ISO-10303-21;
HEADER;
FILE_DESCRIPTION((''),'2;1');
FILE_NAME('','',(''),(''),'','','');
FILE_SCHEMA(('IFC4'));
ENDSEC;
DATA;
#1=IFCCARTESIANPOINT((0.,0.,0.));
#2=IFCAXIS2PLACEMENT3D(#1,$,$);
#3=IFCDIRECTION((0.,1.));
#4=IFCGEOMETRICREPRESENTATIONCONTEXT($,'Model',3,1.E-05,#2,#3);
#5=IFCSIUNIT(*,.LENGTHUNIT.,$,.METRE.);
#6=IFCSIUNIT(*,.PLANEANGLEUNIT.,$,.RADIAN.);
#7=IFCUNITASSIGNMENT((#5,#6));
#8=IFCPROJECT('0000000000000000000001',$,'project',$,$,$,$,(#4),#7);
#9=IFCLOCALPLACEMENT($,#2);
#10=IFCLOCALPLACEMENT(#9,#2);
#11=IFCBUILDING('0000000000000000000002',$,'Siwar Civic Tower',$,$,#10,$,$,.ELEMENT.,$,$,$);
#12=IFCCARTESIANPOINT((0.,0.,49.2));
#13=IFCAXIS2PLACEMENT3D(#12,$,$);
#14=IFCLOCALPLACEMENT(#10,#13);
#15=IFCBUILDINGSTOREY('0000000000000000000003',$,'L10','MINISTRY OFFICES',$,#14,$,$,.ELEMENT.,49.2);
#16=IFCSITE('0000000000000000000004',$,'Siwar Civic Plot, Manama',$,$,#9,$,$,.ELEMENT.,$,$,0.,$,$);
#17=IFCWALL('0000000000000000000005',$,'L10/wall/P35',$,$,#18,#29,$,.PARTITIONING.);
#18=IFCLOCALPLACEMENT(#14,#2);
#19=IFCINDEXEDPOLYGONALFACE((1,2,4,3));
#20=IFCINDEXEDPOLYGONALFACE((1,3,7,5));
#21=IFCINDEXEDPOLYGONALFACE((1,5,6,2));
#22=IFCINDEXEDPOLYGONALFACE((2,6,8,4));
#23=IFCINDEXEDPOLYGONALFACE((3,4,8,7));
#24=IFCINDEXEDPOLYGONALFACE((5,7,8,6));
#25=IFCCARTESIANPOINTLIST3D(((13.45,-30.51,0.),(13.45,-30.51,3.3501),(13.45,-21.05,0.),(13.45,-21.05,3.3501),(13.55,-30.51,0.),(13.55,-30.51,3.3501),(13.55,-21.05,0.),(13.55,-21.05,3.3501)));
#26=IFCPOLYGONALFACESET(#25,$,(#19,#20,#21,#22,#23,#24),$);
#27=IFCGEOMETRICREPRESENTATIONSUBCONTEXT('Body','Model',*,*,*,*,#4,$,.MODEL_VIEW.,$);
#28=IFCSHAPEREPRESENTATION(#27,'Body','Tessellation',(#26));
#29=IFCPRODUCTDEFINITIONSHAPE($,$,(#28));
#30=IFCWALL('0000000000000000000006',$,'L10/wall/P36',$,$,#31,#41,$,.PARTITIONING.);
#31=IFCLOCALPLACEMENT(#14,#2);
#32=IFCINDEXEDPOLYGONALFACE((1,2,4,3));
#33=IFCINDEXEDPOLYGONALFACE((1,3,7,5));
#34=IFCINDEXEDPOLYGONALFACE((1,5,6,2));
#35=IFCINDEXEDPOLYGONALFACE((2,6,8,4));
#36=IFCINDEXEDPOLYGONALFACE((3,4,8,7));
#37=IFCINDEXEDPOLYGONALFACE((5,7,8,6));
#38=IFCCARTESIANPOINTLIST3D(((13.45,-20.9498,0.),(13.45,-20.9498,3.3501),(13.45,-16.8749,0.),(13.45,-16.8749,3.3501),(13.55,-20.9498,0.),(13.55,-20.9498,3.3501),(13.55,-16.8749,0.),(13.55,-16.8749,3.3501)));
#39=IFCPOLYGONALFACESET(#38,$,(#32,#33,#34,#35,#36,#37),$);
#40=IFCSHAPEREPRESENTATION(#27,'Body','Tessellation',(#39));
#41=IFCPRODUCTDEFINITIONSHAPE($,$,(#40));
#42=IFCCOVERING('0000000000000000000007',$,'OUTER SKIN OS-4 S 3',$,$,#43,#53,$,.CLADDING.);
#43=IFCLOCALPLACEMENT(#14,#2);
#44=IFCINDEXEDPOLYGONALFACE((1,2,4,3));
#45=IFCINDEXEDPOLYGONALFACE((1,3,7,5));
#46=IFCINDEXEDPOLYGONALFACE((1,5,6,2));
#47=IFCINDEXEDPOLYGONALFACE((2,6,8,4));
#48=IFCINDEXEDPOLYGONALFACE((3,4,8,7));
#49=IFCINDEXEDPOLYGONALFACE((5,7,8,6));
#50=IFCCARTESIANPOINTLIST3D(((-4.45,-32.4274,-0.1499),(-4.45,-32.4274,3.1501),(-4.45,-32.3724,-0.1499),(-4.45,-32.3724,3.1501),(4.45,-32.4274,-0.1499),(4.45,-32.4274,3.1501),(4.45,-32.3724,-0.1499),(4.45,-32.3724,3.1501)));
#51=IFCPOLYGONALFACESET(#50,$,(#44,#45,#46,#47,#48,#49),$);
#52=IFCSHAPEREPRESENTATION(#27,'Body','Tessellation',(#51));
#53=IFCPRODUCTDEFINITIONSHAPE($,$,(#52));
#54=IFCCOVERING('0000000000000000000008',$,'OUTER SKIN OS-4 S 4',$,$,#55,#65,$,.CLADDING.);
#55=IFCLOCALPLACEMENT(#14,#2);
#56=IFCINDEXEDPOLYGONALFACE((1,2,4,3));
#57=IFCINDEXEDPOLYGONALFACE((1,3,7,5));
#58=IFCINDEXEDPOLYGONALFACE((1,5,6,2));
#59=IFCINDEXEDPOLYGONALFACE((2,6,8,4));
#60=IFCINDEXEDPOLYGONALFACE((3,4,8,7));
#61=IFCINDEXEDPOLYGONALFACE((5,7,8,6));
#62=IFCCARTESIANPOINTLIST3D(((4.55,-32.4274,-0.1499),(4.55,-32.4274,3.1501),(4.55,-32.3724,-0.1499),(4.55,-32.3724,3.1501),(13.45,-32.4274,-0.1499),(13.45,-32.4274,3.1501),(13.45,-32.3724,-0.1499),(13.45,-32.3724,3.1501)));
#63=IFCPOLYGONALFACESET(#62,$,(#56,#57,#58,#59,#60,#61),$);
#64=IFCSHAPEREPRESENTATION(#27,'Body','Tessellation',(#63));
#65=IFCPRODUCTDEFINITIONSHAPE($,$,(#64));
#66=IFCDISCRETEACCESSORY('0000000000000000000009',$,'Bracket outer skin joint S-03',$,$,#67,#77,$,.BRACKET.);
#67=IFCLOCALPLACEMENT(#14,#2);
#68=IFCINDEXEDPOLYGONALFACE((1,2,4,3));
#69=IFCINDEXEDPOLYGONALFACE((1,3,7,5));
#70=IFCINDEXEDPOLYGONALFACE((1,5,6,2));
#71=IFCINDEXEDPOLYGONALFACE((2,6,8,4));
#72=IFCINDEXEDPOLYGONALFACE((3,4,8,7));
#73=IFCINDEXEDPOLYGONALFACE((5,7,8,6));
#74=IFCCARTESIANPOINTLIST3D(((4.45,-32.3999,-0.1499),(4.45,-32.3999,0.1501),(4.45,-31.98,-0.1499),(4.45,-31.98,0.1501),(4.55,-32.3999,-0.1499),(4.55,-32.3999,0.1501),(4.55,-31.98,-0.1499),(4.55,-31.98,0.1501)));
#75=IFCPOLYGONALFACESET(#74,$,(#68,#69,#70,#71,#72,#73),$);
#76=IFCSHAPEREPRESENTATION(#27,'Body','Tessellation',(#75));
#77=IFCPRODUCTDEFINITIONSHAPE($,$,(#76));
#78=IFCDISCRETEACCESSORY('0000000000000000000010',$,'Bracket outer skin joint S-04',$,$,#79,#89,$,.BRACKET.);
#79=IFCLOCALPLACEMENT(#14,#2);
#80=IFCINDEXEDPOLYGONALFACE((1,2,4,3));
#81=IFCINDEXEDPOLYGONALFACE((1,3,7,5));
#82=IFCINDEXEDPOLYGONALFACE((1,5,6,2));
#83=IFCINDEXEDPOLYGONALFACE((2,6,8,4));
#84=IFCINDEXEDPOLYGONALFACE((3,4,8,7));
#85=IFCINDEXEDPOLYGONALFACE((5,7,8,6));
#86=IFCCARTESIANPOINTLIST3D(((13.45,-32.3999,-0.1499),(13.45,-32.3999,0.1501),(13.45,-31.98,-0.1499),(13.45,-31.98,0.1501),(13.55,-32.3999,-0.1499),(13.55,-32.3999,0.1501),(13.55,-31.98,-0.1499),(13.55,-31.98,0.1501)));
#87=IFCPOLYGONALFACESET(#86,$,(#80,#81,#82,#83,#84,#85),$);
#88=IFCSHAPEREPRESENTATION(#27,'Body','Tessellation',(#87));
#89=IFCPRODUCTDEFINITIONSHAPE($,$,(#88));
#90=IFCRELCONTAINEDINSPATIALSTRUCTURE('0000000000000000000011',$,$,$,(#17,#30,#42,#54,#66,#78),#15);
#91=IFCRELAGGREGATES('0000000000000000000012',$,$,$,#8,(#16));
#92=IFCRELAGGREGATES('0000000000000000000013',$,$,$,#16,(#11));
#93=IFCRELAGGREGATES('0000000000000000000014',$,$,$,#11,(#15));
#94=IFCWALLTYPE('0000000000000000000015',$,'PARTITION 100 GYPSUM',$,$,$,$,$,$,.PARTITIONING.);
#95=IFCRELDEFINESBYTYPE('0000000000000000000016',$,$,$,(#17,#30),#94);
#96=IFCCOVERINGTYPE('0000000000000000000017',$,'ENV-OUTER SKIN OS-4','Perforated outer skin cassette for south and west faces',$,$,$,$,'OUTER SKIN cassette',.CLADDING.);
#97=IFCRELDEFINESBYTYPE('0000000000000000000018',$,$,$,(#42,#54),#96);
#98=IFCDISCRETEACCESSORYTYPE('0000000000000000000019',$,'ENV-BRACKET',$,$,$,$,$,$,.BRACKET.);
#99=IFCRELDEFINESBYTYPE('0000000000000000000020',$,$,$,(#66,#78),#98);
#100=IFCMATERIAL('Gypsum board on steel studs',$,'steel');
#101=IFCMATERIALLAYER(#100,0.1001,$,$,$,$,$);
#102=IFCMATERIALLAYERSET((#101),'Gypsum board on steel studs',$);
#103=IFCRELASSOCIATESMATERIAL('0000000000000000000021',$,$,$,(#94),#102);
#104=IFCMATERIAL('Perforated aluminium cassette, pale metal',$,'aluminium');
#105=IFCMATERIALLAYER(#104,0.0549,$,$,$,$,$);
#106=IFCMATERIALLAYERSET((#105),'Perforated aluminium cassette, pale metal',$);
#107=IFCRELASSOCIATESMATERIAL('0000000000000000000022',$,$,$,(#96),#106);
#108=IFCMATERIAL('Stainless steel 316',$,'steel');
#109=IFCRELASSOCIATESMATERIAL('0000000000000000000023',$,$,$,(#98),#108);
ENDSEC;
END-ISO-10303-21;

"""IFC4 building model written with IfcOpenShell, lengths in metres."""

from ifc_helpers import new_model, si_unit, direction, frame, frame_2d, origin, origin_2d, place, context, subcontext, project, spatial, rectangle, extrude, material, layer, layer_set, type_object, element, save


model = new_model("IFC4")

# Units and contexts
model_context = context("Model", 3, precision=1e-05, world=origin(), true_north=direction((0.0, 1.0)))
body_context = subcontext(model_context, "Body", "Model", "MODEL_VIEW")
ifc_project = project(units=[si_unit("LENGTHUNIT", "METRE"), si_unit("PLANEANGLEUNIT", "RADIAN")], contexts=[model_context])

# Site, building, storey
site_placement = place(None, origin())
site = spatial("IfcSite", under=ifc_project, at=site_placement, Name="Siwar Civic Plot, Manama", CompositionType="ELEMENT", RefElevation=0.0)
building_placement = place(site_placement, origin())
building = spatial("IfcBuilding", under=site, at=building_placement, Name="Siwar Civic Tower", CompositionType="ELEMENT")
storey_placement = place(building_placement, frame((0.0, 0.0, 49.2)))
storey = spatial("IfcBuildingStorey", under=building, at=storey_placement, Name="L10", Description="MINISTRY OFFICES", CompositionType="ELEMENT", Elevation=49.2)

# Shared definitions
ifc_material_1 = material(Name="Gypsum board on steel studs", Category="steel")
ifc_layer_1 = layer(ifc_material_1, 0.1001)
ifc_layer_set_1 = layer_set([ifc_layer_1], Name="Gypsum board on steel studs")
wall_type_1 = type_object("IfcWallType", Name="PARTITION 100 GYPSUM", PredefinedType="PARTITIONING", material=ifc_layer_set_1)

# Walls
wall_1_placement = place(storey_placement, frame((13.5, -30.51, 0.0), z_axis=(0.0, 0.0, 1.0), x_axis=(0.0, 1.0, 0.0)))
element("IfcWall", 1, at=wall_1_placement, inside=storey, type_object=wall_type_1, Name="L10/wall/P35", PredefinedType="PARTITIONING", context=body_context, shape_type="SweptSolid", body=[
    extrude(rectangle(XDim=9.46, YDim=0.1001, at=frame_2d((4.73, 0.0))), origin(), (0.0, 0.0, 1.0), 3.3501),
])
wall_2_placement = place(storey_placement, frame((13.5, -20.95, 0.0), z_axis=(0.0, 0.0, 1.0), x_axis=(0.0, 1.0, 0.0)))
element("IfcWall", 2, at=wall_2_placement, inside=storey, type_object=wall_type_1, Name="L10/wall/P36", PredefinedType="PARTITIONING", context=body_context, shape_type="SweptSolid", body=[
    extrude(rectangle(XDim=4.075, YDim=0.1001, at=frame_2d((2.0376, 0.0))), origin(), (0.0, 0.0, 1.0), 3.3501),
])

# Coverings
ifc_material_2 = material(Name="Perforated aluminium cassette, pale metal", Category="aluminium")
ifc_layer_2 = layer(ifc_material_2, 0.0549)
ifc_layer_set_2 = layer_set([ifc_layer_2], Name="Perforated aluminium cassette, pale metal")
covering_type = type_object("IfcCoveringType", Name="ENV-OUTER SKIN OS-4", Description="Perforated outer skin cassette for south and west faces", ElementType="OUTER SKIN cassette", PredefinedType="CLADDING", material=ifc_layer_set_2)
for number, where, z_axis, x_axis, name in (
    (3, (0.0, -32.3999, -0.1499), (0.0, 0.0, 1.0), (1.0, 0.0, 0.0), "OUTER SKIN OS-4 S 3"),
    (4, (9.0, -32.3999, -0.1499), (0.0, 0.0, 1.0), (1.0, 0.0, 0.0), "OUTER SKIN OS-4 S 4"),
):
    element("IfcCovering", number, at=place(storey_placement, frame(where, z_axis=z_axis, x_axis=x_axis)), inside=storey, type_object=covering_type, Name=name, PredefinedType="CLADDING", context=body_context, shape_type="SweptSolid", body=[
        extrude(rectangle(XDim=8.8999, YDim=0.0549, at=origin_2d()), origin(), (0.0, 0.0, 1.0), 3.3),
    ])

# Discrete accessories
ifc_material_3 = material(Name="Stainless steel 316", Category="steel")
discrete_accessory_type = type_object("IfcDiscreteAccessoryType", Name="ENV-BRACKET", PredefinedType="BRACKET", material=ifc_material_3)
for number, where, z_axis, x_axis, name in (
    (5, (4.5, -32.1899, -0.1499), (0.0, 0.0, 1.0), (0.0, -1.0, 0.0), "Bracket outer skin joint S-03"),
    (6, (13.5, -32.1899, -0.1499), (0.0, 0.0, 1.0), (0.0, -1.0, 0.0), "Bracket outer skin joint S-04"),
):
    element("IfcDiscreteAccessory", number, at=place(storey_placement, frame(where, z_axis=z_axis, x_axis=x_axis)), inside=storey, type_object=discrete_accessory_type, Name=name, PredefinedType="BRACKET", context=body_context, shape_type="SweptSolid", body=[
        extrude(rectangle(XDim=0.4199, YDim=0.1001, at=origin_2d()), origin(), (0.0, 0.0, 1.0), 0.3),
    ])

save(model, "model.ifc")
